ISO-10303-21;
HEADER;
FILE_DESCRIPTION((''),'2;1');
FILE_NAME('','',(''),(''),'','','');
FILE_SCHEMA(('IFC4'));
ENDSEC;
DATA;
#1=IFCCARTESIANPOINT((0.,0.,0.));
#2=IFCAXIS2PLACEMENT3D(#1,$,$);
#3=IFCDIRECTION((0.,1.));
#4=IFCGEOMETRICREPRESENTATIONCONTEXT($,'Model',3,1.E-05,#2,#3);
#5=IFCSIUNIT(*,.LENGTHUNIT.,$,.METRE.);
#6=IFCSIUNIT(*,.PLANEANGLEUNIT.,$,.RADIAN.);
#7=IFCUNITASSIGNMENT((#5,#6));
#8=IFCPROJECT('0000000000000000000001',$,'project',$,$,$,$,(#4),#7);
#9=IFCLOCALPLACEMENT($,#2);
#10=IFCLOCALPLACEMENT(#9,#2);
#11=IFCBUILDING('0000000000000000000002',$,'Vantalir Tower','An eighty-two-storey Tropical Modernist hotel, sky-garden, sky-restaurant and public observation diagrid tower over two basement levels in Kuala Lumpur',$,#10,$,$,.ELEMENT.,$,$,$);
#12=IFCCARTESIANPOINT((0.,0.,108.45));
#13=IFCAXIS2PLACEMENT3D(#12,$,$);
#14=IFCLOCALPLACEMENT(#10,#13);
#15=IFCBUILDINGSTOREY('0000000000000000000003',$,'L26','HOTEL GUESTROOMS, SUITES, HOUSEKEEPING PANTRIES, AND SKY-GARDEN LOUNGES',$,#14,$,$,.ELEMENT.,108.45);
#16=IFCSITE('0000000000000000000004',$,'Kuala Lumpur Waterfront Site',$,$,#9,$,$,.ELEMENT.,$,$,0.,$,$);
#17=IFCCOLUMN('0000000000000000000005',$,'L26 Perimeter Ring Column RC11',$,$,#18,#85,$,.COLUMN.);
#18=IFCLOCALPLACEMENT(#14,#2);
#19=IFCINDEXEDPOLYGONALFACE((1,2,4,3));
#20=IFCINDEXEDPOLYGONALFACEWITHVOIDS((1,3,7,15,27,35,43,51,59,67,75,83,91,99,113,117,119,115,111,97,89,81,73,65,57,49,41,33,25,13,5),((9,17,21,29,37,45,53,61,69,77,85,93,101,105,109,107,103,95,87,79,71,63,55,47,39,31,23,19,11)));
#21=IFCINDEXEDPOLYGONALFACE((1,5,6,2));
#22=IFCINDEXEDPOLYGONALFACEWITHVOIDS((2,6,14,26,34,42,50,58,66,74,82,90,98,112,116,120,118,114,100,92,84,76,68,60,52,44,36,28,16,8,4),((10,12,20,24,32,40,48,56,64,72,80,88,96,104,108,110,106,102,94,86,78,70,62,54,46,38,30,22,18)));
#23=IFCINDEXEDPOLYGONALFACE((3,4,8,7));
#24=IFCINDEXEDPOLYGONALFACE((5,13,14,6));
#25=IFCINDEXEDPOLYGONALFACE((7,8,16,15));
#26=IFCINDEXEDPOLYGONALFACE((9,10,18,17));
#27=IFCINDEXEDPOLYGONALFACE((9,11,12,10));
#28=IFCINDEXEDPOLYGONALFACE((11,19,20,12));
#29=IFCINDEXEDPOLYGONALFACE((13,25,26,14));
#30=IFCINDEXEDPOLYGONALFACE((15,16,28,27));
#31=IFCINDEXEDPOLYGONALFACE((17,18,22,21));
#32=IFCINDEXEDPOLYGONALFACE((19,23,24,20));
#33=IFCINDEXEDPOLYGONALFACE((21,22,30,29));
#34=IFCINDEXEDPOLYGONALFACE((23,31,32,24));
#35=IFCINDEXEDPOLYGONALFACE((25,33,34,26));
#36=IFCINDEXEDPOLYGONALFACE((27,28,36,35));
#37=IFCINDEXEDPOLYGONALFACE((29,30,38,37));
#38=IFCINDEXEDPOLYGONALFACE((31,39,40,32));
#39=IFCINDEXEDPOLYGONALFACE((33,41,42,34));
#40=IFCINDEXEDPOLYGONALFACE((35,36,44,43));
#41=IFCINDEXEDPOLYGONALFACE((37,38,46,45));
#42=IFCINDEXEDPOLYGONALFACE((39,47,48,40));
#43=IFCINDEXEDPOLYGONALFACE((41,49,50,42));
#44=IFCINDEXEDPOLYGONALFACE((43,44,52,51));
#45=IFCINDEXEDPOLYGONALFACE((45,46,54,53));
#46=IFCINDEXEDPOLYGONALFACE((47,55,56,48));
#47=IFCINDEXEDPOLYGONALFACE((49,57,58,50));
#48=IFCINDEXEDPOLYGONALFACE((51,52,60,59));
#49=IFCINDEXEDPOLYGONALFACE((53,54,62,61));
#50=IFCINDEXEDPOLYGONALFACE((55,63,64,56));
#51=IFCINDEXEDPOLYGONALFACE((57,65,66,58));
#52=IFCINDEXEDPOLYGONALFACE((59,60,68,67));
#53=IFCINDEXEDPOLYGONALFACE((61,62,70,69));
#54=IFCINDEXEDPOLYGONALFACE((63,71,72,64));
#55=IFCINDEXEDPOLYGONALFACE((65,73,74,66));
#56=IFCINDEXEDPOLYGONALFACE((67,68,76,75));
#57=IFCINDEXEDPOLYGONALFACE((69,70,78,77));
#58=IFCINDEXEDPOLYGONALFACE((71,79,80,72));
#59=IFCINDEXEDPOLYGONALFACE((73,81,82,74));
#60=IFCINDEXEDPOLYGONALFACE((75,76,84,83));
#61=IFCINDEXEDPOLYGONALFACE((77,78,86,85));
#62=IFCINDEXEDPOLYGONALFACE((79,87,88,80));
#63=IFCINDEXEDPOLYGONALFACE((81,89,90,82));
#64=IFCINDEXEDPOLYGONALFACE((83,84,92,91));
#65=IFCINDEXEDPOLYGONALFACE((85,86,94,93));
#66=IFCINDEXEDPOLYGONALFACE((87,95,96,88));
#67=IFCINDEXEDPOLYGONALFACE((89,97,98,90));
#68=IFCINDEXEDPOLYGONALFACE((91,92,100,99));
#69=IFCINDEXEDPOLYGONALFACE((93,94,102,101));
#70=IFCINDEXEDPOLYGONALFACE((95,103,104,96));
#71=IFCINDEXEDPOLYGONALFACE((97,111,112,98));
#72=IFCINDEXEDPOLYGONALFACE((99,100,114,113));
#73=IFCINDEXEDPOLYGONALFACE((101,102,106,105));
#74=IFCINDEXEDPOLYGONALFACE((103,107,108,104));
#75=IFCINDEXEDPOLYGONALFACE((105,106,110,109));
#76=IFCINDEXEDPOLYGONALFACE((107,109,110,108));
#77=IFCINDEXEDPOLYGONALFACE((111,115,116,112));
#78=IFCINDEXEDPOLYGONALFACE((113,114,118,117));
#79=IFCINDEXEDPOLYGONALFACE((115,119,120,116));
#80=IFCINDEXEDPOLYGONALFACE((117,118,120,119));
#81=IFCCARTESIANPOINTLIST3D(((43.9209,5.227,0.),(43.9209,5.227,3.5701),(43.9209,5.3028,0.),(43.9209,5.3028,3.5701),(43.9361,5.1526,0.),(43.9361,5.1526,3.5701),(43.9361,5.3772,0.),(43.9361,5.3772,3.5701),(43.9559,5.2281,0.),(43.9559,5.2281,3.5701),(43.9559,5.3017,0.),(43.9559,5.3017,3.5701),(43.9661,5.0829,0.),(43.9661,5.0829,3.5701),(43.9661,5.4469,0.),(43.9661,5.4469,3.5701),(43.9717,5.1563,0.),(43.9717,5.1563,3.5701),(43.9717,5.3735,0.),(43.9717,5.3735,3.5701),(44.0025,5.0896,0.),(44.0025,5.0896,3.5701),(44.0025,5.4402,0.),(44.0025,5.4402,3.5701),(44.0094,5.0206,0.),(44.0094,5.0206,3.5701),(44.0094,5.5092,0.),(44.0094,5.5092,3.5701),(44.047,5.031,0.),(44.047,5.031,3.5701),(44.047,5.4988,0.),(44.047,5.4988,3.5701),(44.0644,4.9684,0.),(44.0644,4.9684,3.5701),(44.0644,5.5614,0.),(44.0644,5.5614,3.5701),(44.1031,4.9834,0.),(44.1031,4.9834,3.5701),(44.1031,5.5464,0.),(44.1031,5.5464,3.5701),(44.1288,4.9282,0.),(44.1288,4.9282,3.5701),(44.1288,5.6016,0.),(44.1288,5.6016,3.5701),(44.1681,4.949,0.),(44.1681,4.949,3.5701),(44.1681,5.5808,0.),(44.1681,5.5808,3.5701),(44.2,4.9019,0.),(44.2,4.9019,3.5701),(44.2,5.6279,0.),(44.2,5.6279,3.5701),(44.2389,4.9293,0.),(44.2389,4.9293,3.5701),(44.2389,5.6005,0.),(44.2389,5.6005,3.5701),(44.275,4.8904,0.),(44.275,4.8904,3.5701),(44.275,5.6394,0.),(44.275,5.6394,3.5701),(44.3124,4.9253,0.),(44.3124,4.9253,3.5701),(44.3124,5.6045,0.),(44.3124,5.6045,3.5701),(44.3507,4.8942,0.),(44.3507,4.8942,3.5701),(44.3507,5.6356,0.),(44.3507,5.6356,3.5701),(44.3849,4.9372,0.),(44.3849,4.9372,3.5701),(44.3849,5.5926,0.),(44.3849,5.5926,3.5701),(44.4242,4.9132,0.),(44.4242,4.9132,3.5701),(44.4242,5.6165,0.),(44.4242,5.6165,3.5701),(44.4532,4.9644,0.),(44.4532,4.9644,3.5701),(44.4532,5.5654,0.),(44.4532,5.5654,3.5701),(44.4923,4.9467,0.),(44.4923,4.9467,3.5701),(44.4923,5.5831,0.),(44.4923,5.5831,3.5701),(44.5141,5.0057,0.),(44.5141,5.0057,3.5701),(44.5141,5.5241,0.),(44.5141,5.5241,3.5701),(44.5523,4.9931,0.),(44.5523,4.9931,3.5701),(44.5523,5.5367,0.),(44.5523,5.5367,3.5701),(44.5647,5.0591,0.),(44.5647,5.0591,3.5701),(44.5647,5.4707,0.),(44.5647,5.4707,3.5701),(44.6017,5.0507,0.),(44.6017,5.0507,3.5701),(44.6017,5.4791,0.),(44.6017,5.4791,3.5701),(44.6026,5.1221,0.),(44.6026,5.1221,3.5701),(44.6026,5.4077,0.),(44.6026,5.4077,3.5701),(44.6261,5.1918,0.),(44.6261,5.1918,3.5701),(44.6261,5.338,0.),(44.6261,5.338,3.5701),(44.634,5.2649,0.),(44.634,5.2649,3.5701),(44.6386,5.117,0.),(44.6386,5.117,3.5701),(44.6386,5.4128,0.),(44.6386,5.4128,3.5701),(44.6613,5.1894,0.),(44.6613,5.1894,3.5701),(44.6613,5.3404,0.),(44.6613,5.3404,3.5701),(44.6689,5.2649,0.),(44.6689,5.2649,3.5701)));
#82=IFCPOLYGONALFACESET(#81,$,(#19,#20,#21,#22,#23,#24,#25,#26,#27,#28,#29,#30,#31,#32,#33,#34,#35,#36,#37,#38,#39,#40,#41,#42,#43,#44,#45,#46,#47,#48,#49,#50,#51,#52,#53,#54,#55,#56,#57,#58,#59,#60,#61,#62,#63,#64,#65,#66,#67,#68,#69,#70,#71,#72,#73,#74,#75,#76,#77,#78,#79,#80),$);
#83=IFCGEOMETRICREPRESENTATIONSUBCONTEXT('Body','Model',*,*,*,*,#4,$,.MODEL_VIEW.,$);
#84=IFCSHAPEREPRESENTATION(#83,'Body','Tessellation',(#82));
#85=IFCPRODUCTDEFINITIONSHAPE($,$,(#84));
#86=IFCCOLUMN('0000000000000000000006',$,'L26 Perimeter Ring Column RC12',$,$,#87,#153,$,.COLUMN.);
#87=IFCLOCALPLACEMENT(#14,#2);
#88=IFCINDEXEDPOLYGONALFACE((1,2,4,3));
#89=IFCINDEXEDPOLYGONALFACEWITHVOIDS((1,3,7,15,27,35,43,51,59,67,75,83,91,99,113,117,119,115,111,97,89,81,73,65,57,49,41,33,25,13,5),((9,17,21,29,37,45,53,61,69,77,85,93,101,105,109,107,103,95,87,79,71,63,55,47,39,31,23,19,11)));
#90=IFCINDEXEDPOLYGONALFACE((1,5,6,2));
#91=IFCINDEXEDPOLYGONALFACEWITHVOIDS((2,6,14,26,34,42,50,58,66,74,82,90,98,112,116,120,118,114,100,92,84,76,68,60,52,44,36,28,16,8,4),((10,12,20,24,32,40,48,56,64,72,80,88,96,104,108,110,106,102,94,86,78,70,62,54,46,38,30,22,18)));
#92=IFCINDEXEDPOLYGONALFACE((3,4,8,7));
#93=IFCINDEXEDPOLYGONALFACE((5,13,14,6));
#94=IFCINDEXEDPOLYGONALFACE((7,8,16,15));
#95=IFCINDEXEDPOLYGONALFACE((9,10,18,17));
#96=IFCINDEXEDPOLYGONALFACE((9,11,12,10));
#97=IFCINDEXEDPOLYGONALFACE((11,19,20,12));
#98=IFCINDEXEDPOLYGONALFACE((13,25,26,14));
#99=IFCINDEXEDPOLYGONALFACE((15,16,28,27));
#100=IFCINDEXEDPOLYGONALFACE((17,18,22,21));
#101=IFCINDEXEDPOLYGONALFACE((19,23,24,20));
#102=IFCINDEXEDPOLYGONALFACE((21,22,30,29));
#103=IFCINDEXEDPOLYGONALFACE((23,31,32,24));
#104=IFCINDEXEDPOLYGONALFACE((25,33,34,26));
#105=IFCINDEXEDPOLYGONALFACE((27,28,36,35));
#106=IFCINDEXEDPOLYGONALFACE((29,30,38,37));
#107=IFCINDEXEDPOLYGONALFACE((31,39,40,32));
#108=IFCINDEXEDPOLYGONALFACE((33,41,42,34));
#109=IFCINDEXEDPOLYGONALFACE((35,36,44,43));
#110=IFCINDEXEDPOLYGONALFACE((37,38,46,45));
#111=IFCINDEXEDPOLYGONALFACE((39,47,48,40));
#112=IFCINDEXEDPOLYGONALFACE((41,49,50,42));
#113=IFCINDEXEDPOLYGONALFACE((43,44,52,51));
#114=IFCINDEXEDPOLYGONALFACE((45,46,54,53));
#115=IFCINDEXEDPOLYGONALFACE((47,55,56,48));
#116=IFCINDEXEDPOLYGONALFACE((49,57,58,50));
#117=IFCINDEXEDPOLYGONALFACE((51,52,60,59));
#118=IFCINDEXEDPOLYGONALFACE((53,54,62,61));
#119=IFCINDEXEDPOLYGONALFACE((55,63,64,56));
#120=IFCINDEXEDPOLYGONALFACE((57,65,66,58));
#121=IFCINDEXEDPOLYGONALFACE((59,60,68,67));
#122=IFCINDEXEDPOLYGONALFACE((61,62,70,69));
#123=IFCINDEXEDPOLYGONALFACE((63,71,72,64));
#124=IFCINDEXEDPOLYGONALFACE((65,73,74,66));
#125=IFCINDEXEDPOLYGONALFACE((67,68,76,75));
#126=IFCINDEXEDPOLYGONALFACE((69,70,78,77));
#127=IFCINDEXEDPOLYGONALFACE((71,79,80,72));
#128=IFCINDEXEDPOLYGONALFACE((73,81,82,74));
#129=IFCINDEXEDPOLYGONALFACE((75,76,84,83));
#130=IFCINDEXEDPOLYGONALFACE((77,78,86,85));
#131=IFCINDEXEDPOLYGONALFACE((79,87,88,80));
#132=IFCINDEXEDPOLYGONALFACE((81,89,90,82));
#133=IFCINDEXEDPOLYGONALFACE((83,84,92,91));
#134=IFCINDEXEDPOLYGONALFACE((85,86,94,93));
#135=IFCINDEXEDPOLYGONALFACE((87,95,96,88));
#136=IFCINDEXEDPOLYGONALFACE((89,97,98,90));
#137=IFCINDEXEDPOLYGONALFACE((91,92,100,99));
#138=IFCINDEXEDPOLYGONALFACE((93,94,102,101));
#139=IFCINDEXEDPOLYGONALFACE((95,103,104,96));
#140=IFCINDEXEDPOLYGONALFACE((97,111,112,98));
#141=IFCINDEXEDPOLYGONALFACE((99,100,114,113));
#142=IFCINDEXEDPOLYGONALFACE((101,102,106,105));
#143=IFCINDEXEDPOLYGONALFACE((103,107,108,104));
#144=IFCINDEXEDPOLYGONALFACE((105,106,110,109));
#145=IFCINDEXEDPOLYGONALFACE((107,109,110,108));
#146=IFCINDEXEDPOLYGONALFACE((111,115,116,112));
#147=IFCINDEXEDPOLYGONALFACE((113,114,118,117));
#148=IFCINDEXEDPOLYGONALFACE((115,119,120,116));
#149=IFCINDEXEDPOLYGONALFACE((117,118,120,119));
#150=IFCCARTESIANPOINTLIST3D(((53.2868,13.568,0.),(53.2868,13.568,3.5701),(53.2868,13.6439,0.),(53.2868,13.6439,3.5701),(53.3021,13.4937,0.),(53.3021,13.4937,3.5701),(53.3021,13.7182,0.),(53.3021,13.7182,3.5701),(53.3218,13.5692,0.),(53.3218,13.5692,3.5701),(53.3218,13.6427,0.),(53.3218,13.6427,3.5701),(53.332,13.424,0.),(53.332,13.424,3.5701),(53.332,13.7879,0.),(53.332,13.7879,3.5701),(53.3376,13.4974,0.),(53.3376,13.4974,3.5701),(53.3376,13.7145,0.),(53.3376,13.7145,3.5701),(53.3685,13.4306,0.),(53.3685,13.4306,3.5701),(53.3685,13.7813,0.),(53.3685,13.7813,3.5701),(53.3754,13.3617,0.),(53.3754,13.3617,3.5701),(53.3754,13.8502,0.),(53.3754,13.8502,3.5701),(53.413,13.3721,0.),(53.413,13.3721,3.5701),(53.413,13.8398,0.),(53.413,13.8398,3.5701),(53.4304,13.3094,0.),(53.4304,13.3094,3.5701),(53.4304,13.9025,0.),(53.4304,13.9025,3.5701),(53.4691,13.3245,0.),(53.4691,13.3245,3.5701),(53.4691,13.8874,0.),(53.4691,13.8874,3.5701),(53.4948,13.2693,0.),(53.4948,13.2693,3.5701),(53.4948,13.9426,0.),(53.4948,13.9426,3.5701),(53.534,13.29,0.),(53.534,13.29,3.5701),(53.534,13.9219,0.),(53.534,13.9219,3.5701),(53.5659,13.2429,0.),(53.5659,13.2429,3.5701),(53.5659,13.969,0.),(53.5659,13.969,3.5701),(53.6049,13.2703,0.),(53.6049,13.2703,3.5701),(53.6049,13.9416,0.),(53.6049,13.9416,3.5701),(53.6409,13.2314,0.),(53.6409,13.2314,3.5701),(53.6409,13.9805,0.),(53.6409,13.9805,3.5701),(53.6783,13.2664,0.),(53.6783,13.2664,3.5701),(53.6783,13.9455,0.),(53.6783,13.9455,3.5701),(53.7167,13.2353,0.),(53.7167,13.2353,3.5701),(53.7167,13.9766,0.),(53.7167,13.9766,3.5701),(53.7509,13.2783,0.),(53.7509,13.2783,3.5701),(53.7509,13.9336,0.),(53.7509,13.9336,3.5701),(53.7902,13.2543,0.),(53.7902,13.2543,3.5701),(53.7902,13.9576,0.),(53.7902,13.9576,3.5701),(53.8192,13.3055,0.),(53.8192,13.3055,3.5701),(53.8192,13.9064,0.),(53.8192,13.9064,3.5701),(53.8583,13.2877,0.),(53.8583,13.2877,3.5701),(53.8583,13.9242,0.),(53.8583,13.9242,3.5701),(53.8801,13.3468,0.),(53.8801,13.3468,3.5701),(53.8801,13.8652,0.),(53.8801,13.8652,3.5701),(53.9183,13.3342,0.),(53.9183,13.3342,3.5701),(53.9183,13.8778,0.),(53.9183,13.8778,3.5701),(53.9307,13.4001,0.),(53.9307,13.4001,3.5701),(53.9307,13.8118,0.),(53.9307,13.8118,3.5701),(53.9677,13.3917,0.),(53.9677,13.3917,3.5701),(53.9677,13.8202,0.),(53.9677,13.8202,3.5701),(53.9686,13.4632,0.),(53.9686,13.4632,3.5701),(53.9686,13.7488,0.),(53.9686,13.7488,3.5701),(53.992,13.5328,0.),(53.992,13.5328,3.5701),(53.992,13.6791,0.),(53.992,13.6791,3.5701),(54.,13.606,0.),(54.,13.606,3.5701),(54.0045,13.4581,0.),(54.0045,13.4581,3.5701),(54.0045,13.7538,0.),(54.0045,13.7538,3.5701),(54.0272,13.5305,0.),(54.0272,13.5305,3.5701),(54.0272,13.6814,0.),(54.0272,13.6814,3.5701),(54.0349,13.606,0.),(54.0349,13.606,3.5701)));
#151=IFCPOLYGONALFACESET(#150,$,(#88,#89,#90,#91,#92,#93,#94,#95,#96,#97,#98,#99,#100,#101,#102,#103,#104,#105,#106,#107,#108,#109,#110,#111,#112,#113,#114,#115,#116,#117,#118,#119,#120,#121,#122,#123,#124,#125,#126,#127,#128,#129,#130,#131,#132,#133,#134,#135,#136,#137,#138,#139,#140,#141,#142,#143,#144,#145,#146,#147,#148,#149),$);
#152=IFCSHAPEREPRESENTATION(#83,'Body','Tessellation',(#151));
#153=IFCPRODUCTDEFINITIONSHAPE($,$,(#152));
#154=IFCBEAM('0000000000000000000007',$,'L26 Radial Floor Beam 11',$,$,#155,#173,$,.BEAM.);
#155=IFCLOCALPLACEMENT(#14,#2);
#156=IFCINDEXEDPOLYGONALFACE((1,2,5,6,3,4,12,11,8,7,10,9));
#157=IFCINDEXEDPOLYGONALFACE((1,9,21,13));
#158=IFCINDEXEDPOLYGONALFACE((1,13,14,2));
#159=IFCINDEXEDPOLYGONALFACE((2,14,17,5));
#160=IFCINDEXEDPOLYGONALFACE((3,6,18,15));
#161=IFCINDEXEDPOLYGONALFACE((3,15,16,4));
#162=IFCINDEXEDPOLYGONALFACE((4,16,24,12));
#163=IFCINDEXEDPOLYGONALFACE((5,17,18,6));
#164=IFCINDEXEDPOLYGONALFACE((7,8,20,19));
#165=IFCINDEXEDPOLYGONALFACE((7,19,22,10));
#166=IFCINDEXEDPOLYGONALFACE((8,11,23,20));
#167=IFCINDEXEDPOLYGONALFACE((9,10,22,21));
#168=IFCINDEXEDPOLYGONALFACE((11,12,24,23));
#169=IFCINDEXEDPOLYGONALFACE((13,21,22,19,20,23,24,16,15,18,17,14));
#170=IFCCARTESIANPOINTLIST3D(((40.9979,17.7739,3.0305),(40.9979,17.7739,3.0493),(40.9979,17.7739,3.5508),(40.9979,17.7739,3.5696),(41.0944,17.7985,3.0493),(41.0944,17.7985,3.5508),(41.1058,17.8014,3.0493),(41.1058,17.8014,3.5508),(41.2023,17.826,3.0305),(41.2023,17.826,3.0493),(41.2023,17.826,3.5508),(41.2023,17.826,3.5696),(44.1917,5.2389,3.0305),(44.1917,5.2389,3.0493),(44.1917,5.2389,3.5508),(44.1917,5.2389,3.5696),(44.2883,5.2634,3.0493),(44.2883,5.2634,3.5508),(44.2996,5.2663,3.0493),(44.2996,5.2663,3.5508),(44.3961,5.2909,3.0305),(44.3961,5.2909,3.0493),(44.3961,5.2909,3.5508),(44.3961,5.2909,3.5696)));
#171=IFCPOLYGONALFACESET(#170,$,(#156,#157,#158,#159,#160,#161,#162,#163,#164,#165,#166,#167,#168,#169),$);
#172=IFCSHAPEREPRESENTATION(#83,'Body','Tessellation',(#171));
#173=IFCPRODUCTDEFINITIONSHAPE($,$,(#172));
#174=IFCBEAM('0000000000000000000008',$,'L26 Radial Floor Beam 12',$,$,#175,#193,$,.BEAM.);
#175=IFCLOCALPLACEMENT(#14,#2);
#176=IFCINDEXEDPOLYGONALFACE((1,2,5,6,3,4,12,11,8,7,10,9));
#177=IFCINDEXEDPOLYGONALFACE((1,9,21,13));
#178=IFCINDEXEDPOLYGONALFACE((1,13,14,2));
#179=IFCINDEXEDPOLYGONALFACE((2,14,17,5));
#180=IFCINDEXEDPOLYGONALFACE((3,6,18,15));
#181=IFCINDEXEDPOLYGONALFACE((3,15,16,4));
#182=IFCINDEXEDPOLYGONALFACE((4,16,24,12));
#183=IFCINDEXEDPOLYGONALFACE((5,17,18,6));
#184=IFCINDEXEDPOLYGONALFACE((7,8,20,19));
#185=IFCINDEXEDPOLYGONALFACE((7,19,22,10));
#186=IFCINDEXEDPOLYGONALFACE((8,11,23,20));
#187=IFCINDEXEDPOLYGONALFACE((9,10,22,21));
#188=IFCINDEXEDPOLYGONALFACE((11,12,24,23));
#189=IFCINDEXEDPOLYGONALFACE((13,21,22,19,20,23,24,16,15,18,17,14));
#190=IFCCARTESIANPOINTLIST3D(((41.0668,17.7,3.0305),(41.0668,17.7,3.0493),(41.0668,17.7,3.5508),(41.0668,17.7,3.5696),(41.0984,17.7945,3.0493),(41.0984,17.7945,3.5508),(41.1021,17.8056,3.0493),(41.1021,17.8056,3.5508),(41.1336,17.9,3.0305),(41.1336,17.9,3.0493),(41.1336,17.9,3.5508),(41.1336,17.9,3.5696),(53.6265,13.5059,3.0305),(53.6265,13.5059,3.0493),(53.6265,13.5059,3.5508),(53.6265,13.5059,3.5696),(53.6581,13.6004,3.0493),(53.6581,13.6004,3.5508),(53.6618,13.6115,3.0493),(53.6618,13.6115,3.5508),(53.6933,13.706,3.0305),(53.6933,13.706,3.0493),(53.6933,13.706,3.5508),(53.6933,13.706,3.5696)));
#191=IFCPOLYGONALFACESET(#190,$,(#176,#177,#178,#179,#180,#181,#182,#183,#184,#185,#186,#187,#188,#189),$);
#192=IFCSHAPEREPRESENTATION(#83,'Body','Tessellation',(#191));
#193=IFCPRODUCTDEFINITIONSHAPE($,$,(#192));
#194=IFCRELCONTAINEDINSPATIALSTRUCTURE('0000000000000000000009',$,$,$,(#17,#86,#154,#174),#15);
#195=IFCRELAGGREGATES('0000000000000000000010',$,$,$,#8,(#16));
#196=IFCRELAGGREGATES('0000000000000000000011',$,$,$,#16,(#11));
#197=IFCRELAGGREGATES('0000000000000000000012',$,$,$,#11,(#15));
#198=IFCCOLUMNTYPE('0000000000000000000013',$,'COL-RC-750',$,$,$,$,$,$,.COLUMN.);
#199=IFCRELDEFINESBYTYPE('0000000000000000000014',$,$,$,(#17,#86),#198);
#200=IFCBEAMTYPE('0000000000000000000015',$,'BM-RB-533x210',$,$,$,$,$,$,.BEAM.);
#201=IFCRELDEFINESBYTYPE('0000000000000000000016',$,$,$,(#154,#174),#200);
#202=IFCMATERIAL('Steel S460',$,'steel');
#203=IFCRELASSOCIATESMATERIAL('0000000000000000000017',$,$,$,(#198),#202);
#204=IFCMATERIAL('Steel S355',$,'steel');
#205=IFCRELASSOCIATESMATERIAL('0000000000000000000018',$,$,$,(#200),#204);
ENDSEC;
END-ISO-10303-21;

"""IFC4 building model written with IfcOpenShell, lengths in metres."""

from ifc_helpers import new_model, si_unit, direction, frame, origin, origin_2d, place, context, subcontext, project, spatial, hollow_circle, i_section, extrude, material, material_profile, profile_set, type_object, element, save


model = new_model("IFC4")

# Units and contexts
model_context = context("Model", 3, precision=1e-05, world=origin(), true_north=direction((0.0, 1.0)))
body_context = subcontext(model_context, "Body", "Model", "MODEL_VIEW")
ifc_project = project(units=[si_unit("LENGTHUNIT", "METRE"), si_unit("PLANEANGLEUNIT", "RADIAN")], contexts=[model_context])

# Site, building, storey
site_placement = place(None, origin())
site = spatial("IfcSite", under=ifc_project, at=site_placement, Name="Kuala Lumpur Waterfront Site", CompositionType="ELEMENT", RefElevation=0.0)
building_placement = place(site_placement, origin())
building = spatial("IfcBuilding", under=site, at=building_placement, Name="Vantalir Tower", Description="An eighty-two-storey Tropical Modernist hotel, sky-garden, sky-restaurant and public observation diagrid tower over two basement levels in Kuala Lumpur", CompositionType="ELEMENT")
storey_placement = place(building_placement, frame((0.0, 0.0, 108.45)))
storey = spatial("IfcBuildingStorey", under=building, at=storey_placement, Name="L26", Description="HOTEL GUESTROOMS, SUITES, HOUSEKEEPING PANTRIES, AND SKY-GARDEN LOUNGES", CompositionType="ELEMENT", Elevation=108.45)

# Columns
ifc_material_1 = material(Name="Steel S460", Category="steel")
ifc_material_profile_1 = material_profile(ifc_material_1, hollow_circle(Radius=0.375, WallThickness=0.0349, at=origin_2d()), Name="Steel S460")
ifc_profile_set_1 = profile_set([ifc_material_profile_1], Name="Steel S460")
column_type = type_object("IfcColumnType", Name="COL-RC-750", PredefinedType="COLUMN", material=ifc_profile_set_1)
for number, where, z_axis, x_axis, name in (
    (1, (44.2939, 5.2649, 0.0), (0.0, 0.0, 1.0), (1.0, 0.0, 0.0), "L26 Perimeter Ring Column RC11"),
    (2, (53.6599, 13.606, 0.0), (0.0, 0.0, 1.0), (1.0, 0.0, 0.0), "L26 Perimeter Ring Column RC12"),
):
    element("IfcColumn", number, at=place(storey_placement, frame(where, z_axis=z_axis, x_axis=x_axis)), inside=storey, type_object=column_type, Name=name, PredefinedType="COLUMN", context=body_context, shape_type="SweptSolid", body=[
        extrude(hollow_circle(Radius=0.375, WallThickness=0.0349, at=origin_2d()), origin(), (0.0, 0.0, 1.0), 3.5701),
    ])

# Beams
ifc_material_2 = material(Name="Steel S355", Category="steel")
ifc_material_profile_2 = material_profile(ifc_material_2, i_section(OverallWidth=0.2109, OverallDepth=0.5391, WebThickness=0.0117, FlangeThickness=0.0188, at=origin_2d()), Name="Steel S355")
ifc_profile_set_2 = profile_set([ifc_material_profile_2], Name="Steel S355")
beam_type_1 = type_object("IfcBeamType", Name="BM-RB-533x210", PredefinedType="BEAM", material=ifc_profile_set_2)
beam_1_placement = place(storey_placement, frame((44.2939, 5.2649, 3.3), z_axis=(-0.246903, 0.96904, 0.0), x_axis=(-0.96904, -0.246903, 0.0)))
element("IfcBeam", 3, at=beam_1_placement, inside=storey, type_object=beam_type_1, Name="L26 Radial Floor Beam 11", PredefinedType="BEAM", context=body_context, shape_type="SweptSolid", body=[
    extrude(i_section(OverallWidth=0.2109, OverallDepth=0.5391, WebThickness=0.0117, FlangeThickness=0.0188, at=origin_2d()), origin(), (0.0, 0.0, 1.0), 12.9355),
])
beam_2_placement = place(storey_placement, frame((53.6599, 13.606, 3.3), z_axis=(-0.948514, 0.316737, 0.0), x_axis=(-0.316737, -0.948514, 0.0)))
element("IfcBeam", 4, at=beam_2_placement, inside=storey, type_object=beam_type_1, Name="L26 Radial Floor Beam 12", PredefinedType="BEAM", context=body_context, shape_type="SweptSolid", body=[
    extrude(i_section(OverallWidth=0.2109, OverallDepth=0.5391, WebThickness=0.0117, FlangeThickness=0.0188, at=origin_2d()), origin(), (0.0, 0.0, 1.0), 13.2415),
])

save(model, "model.ifc")
